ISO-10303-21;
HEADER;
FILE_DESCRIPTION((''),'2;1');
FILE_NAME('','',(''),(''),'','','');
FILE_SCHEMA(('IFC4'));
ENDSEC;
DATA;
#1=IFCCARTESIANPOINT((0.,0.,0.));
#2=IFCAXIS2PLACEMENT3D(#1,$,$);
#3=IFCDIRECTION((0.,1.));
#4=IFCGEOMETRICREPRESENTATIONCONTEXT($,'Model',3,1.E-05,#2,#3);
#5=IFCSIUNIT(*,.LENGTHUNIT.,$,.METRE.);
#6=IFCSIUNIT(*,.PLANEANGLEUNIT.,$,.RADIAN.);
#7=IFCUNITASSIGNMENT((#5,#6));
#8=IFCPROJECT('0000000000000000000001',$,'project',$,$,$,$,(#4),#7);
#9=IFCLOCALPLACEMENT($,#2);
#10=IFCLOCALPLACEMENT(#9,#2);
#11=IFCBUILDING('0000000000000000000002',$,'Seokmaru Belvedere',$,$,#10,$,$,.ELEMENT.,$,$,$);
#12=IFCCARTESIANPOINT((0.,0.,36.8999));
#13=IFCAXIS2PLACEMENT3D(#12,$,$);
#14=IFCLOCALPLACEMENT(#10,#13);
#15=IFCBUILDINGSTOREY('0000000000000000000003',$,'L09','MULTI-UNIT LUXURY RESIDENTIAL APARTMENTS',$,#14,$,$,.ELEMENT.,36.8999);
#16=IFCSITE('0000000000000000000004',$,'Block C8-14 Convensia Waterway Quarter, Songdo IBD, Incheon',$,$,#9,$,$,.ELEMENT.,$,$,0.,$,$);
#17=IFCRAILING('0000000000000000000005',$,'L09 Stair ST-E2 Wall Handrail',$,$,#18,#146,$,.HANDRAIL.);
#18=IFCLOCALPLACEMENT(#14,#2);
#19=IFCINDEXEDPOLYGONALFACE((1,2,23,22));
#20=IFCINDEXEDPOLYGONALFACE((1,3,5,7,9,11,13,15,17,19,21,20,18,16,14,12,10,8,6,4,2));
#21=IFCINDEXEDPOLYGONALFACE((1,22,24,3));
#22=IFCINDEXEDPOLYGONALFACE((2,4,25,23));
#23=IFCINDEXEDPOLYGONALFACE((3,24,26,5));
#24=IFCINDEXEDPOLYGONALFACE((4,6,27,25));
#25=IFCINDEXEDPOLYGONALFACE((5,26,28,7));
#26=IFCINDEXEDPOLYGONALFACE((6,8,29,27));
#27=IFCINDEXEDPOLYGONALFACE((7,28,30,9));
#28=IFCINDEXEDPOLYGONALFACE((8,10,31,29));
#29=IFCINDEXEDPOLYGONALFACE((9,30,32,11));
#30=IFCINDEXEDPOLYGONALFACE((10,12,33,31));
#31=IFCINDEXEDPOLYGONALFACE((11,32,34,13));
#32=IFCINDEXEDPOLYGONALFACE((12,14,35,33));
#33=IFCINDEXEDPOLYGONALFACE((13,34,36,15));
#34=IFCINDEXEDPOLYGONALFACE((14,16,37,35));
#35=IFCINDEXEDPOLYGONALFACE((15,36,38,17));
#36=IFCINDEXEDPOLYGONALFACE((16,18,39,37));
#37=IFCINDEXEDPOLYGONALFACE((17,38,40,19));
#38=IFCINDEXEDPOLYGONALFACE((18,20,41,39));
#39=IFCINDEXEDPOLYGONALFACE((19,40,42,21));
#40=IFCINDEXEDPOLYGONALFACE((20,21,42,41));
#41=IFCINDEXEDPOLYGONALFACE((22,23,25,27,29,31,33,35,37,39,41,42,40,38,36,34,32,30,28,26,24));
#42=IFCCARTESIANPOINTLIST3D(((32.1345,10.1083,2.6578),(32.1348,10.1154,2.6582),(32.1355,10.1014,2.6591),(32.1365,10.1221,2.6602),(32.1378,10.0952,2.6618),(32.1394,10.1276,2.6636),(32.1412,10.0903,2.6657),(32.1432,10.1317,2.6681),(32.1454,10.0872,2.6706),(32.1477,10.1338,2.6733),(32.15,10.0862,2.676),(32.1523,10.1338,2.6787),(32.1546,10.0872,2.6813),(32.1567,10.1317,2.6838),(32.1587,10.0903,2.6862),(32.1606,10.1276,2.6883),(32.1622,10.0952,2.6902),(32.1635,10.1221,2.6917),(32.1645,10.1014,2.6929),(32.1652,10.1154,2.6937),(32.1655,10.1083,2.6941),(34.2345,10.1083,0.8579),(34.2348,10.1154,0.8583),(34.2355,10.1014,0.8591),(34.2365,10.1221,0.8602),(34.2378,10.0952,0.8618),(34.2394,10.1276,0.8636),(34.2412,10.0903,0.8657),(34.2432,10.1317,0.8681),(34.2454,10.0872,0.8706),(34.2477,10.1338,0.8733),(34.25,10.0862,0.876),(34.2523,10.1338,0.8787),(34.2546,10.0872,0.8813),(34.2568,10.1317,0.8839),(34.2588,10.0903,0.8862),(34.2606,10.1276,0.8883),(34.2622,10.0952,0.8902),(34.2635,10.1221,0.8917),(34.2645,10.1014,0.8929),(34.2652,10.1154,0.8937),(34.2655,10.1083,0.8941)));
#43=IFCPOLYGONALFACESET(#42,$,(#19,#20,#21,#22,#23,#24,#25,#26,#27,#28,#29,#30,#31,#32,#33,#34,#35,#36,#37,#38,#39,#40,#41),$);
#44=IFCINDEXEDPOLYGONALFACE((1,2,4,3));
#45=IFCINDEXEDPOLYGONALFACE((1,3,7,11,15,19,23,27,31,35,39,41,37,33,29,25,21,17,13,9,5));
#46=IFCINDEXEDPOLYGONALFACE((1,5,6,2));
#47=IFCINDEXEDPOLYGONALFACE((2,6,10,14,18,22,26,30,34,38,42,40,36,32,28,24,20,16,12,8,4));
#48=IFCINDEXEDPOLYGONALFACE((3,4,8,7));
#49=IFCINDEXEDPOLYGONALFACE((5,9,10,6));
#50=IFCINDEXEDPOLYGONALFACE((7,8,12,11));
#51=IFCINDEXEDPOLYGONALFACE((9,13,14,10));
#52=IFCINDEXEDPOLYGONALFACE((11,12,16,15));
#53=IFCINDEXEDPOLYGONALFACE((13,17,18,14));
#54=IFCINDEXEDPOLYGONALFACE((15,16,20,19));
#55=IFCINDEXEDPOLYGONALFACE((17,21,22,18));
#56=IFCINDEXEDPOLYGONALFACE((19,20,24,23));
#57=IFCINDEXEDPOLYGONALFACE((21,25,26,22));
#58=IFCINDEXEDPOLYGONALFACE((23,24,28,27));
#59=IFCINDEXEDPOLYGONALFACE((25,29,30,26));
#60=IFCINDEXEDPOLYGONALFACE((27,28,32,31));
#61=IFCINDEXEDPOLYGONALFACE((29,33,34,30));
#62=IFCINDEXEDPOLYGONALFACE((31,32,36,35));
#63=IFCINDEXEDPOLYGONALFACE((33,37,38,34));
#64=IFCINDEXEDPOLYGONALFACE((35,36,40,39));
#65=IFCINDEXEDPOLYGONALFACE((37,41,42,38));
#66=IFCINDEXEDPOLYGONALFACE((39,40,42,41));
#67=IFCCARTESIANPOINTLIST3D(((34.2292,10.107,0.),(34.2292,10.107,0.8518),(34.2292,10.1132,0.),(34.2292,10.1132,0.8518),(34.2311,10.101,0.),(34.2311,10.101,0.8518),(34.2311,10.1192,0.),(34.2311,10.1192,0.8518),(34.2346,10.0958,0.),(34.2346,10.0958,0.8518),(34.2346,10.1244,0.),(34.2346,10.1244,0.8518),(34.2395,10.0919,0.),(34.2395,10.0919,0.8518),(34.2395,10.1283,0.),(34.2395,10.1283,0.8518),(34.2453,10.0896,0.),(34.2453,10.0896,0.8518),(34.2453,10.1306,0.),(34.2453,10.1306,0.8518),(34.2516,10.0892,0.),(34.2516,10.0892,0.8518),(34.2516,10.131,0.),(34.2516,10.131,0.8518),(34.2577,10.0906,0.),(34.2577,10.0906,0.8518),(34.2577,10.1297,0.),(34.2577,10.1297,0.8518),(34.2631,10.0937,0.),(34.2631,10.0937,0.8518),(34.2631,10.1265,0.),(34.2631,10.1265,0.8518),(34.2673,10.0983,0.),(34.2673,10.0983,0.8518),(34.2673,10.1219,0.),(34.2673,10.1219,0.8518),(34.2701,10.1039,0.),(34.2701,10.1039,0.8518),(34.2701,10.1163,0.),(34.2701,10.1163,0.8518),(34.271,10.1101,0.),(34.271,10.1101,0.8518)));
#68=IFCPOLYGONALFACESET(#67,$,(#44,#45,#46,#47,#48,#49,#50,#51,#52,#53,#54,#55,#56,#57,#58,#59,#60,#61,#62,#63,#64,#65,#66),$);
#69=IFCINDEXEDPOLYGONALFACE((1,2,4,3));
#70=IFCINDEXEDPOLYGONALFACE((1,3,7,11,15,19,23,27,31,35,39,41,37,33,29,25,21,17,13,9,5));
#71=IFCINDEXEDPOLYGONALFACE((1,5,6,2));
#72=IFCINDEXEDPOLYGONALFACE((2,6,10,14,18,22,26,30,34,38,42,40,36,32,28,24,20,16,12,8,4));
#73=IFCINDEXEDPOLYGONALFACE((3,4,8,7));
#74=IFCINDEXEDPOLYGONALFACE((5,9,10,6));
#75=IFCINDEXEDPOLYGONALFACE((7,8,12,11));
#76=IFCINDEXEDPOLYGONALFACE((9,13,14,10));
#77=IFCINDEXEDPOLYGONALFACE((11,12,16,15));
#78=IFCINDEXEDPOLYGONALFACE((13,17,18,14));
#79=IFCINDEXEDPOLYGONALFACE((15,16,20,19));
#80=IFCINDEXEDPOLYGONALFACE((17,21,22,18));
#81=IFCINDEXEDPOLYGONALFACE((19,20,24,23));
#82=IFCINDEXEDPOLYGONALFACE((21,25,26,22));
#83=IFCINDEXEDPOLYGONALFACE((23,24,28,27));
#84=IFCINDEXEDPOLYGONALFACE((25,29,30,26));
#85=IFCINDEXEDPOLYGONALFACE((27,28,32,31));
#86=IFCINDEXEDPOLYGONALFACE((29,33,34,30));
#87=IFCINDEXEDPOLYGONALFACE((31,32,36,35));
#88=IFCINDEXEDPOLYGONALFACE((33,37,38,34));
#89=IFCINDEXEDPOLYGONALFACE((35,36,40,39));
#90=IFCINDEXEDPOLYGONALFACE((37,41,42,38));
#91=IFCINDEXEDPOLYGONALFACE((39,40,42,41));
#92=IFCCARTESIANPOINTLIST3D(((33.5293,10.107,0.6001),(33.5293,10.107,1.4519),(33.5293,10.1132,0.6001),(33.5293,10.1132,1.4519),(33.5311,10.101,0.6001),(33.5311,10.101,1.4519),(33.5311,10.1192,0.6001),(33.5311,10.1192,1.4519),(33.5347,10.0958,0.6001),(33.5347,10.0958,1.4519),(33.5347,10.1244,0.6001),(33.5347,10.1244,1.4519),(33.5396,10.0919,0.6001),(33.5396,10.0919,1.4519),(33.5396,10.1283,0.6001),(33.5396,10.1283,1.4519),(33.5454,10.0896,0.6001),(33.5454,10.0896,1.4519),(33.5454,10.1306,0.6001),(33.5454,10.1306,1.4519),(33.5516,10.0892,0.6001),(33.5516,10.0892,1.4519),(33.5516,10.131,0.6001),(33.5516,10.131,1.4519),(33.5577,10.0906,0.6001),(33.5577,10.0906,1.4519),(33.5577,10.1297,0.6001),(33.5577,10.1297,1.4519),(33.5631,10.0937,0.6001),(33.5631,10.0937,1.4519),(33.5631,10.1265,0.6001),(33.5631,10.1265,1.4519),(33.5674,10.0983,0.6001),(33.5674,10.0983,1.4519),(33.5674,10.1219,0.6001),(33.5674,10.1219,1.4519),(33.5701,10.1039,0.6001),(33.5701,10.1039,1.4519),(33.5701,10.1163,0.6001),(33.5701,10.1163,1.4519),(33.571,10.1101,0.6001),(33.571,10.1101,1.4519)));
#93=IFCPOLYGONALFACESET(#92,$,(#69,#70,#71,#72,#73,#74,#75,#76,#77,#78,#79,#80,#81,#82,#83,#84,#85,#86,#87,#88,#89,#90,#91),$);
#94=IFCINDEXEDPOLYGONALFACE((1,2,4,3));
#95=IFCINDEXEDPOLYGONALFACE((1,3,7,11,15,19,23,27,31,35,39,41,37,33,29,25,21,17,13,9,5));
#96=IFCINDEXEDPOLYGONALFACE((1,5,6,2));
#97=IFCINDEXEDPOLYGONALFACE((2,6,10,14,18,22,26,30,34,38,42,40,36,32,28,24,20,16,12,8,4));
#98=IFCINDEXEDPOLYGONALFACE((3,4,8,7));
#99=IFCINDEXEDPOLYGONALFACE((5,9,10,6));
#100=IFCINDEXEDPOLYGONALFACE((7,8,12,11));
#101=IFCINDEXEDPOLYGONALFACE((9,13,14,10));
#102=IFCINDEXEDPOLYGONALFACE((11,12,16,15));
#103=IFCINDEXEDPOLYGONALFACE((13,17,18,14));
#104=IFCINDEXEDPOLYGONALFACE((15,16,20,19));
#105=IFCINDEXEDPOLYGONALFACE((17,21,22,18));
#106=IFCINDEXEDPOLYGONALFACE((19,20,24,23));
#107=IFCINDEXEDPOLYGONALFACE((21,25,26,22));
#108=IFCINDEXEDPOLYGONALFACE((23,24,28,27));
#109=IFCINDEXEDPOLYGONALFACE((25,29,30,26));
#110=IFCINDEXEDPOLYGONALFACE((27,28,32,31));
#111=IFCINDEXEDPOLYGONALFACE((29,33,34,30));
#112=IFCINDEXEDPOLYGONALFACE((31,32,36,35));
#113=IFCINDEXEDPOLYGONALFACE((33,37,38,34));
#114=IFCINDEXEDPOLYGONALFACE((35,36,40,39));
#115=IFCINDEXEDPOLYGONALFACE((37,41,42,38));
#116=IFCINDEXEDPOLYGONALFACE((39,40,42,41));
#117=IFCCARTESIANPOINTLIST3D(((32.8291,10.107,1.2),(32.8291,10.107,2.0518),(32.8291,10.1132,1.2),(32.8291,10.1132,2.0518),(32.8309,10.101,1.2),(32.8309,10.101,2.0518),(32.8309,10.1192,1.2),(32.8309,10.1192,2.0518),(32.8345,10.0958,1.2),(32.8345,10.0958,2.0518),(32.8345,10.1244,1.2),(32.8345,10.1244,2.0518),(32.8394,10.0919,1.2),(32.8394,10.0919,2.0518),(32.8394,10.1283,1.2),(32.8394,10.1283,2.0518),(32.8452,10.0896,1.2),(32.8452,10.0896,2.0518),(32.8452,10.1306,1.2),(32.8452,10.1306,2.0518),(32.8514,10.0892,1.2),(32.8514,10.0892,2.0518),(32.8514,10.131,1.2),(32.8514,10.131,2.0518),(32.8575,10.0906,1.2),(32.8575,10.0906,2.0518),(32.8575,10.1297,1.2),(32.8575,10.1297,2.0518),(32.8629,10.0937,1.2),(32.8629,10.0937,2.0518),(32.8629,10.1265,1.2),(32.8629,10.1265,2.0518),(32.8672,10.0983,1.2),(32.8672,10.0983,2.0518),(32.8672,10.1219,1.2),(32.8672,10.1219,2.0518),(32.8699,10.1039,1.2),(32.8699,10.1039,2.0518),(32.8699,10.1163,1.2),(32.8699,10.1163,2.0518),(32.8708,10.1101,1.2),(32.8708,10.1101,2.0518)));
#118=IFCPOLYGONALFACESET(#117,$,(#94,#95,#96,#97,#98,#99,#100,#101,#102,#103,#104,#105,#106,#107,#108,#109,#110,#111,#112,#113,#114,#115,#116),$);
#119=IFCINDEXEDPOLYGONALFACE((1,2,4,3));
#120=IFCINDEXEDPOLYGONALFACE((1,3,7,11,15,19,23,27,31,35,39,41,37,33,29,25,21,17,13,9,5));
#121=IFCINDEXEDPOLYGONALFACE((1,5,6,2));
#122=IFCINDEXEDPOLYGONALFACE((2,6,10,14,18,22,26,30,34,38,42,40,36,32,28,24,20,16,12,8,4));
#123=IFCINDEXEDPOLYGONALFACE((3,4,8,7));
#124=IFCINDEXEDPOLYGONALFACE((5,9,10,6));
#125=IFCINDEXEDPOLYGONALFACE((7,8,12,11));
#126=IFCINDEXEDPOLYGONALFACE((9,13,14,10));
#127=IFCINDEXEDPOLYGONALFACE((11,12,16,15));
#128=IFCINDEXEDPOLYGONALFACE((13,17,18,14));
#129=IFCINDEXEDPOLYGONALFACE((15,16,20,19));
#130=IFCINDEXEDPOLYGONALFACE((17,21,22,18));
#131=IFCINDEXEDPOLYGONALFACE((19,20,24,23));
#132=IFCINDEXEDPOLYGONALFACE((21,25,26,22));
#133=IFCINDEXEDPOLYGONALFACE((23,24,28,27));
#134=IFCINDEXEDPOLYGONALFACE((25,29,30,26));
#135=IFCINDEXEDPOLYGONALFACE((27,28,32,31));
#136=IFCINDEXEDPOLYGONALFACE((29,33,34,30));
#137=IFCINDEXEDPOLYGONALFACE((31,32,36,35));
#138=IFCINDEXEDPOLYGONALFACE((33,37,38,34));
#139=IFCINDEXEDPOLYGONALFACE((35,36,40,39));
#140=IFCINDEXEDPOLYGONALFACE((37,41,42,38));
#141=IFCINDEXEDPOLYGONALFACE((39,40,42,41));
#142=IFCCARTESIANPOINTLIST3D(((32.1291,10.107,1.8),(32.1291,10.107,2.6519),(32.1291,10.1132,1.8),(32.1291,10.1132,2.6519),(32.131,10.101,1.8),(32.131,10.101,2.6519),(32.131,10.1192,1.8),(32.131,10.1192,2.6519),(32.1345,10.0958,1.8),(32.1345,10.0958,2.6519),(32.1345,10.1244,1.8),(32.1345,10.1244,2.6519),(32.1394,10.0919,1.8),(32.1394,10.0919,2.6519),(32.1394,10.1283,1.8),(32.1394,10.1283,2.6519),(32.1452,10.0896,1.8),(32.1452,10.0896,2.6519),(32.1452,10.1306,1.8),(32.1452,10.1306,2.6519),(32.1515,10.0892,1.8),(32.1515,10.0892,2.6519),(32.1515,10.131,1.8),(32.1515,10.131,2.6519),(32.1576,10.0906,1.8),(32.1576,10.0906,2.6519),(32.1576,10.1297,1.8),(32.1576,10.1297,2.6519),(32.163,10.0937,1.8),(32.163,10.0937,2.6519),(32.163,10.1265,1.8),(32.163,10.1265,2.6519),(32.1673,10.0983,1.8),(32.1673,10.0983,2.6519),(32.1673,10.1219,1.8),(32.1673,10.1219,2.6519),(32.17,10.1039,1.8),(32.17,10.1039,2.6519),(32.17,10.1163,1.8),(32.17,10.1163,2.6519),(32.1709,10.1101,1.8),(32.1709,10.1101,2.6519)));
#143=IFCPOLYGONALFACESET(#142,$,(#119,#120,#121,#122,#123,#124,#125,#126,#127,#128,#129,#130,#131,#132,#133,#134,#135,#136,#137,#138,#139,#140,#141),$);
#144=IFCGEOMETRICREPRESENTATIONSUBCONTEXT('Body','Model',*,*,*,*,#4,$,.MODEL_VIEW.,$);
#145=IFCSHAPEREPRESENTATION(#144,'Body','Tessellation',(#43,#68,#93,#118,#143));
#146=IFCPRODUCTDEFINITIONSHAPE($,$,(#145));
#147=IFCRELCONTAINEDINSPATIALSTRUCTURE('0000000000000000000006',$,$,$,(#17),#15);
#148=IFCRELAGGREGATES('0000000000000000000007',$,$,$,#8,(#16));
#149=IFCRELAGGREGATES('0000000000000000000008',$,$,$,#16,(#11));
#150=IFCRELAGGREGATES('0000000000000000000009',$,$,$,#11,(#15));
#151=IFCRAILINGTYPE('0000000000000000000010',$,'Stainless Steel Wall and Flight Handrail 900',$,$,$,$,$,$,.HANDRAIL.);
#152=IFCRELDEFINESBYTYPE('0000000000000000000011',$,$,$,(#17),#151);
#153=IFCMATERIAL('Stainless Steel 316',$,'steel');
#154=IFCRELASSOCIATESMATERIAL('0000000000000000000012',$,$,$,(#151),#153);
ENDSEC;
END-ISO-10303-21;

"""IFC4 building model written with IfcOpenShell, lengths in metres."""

from ifc_helpers import new_model, si_unit, direction, frame, origin, origin_2d, place, context, subcontext, project, spatial, circle, extrude, material, type_object, element, save


model = new_model("IFC4")

# Units and contexts
model_context = context("Model", 3, precision=1e-05, world=origin(), true_north=direction((0.0, 1.0)))
body_context = subcontext(model_context, "Body", "Model", "MODEL_VIEW")
ifc_project = project(units=[si_unit("LENGTHUNIT", "METRE"), si_unit("PLANEANGLEUNIT", "RADIAN")], contexts=[model_context])

# Site, building, storey
site_placement = place(None, origin())
site = spatial("IfcSite", under=ifc_project, at=site_placement, Name="Block C8-14 Convensia Waterway Quarter, Songdo IBD, Incheon", CompositionType="ELEMENT", RefElevation=0.0)
building_placement = place(site_placement, origin())
building = spatial("IfcBuilding", under=site, at=building_placement, Name="Seokmaru Belvedere", CompositionType="ELEMENT")
storey_placement = place(building_placement, frame((0.0, 0.0, 36.8999)))
storey = spatial("IfcBuildingStorey", under=building, at=storey_placement, Name="L09", Description="MULTI-UNIT LUXURY RESIDENTIAL APARTMENTS", CompositionType="ELEMENT", Elevation=36.8999)

# Railing
ifc_material_1 = material(Name="Stainless Steel 316", Category="steel")
railing_type_1 = type_object("IfcRailingType", Name="Stainless Steel Wall and Flight Handrail 900", PredefinedType="HANDRAIL", material=ifc_material_1)
railing_1_placement = place(storey_placement, frame((34.25, 10.1101, 0.0)))
element("IfcRailing", 1, at=railing_1_placement, inside=storey, type_object=railing_type_1, Name="L09 Stair ST-E2 Wall Handrail", PredefinedType="HANDRAIL", context=body_context, shape_type="SweptSolid", body=[
    extrude(circle(Radius=0.0239, at=origin_2d()), frame((0.0, 0.0, 0.876), z_axis=(-0.759263, 0.0, 0.650784), x_axis=(0.0, -1.0, 0.0)), (0.0, 0.0, 1.0), 2.7659),
    extrude(circle(Radius=0.021, at=origin_2d()), origin(), (0.0, 0.0, 1.0), 0.8518),
    extrude(circle(Radius=0.021, at=origin_2d()), frame((-0.7, 0.0, 0.6001)), (0.0, 0.0, 1.0), 0.8518),
    extrude(circle(Radius=0.021, at=origin_2d()), frame((-1.4001, 0.0, 1.2)), (0.0, 0.0, 1.0), 0.8518),
    extrude(circle(Radius=0.021, at=origin_2d()), frame((-2.1001, 0.0, 1.8)), (0.0, 0.0, 1.0), 0.8518),
])

save(model, "model.ifc")
